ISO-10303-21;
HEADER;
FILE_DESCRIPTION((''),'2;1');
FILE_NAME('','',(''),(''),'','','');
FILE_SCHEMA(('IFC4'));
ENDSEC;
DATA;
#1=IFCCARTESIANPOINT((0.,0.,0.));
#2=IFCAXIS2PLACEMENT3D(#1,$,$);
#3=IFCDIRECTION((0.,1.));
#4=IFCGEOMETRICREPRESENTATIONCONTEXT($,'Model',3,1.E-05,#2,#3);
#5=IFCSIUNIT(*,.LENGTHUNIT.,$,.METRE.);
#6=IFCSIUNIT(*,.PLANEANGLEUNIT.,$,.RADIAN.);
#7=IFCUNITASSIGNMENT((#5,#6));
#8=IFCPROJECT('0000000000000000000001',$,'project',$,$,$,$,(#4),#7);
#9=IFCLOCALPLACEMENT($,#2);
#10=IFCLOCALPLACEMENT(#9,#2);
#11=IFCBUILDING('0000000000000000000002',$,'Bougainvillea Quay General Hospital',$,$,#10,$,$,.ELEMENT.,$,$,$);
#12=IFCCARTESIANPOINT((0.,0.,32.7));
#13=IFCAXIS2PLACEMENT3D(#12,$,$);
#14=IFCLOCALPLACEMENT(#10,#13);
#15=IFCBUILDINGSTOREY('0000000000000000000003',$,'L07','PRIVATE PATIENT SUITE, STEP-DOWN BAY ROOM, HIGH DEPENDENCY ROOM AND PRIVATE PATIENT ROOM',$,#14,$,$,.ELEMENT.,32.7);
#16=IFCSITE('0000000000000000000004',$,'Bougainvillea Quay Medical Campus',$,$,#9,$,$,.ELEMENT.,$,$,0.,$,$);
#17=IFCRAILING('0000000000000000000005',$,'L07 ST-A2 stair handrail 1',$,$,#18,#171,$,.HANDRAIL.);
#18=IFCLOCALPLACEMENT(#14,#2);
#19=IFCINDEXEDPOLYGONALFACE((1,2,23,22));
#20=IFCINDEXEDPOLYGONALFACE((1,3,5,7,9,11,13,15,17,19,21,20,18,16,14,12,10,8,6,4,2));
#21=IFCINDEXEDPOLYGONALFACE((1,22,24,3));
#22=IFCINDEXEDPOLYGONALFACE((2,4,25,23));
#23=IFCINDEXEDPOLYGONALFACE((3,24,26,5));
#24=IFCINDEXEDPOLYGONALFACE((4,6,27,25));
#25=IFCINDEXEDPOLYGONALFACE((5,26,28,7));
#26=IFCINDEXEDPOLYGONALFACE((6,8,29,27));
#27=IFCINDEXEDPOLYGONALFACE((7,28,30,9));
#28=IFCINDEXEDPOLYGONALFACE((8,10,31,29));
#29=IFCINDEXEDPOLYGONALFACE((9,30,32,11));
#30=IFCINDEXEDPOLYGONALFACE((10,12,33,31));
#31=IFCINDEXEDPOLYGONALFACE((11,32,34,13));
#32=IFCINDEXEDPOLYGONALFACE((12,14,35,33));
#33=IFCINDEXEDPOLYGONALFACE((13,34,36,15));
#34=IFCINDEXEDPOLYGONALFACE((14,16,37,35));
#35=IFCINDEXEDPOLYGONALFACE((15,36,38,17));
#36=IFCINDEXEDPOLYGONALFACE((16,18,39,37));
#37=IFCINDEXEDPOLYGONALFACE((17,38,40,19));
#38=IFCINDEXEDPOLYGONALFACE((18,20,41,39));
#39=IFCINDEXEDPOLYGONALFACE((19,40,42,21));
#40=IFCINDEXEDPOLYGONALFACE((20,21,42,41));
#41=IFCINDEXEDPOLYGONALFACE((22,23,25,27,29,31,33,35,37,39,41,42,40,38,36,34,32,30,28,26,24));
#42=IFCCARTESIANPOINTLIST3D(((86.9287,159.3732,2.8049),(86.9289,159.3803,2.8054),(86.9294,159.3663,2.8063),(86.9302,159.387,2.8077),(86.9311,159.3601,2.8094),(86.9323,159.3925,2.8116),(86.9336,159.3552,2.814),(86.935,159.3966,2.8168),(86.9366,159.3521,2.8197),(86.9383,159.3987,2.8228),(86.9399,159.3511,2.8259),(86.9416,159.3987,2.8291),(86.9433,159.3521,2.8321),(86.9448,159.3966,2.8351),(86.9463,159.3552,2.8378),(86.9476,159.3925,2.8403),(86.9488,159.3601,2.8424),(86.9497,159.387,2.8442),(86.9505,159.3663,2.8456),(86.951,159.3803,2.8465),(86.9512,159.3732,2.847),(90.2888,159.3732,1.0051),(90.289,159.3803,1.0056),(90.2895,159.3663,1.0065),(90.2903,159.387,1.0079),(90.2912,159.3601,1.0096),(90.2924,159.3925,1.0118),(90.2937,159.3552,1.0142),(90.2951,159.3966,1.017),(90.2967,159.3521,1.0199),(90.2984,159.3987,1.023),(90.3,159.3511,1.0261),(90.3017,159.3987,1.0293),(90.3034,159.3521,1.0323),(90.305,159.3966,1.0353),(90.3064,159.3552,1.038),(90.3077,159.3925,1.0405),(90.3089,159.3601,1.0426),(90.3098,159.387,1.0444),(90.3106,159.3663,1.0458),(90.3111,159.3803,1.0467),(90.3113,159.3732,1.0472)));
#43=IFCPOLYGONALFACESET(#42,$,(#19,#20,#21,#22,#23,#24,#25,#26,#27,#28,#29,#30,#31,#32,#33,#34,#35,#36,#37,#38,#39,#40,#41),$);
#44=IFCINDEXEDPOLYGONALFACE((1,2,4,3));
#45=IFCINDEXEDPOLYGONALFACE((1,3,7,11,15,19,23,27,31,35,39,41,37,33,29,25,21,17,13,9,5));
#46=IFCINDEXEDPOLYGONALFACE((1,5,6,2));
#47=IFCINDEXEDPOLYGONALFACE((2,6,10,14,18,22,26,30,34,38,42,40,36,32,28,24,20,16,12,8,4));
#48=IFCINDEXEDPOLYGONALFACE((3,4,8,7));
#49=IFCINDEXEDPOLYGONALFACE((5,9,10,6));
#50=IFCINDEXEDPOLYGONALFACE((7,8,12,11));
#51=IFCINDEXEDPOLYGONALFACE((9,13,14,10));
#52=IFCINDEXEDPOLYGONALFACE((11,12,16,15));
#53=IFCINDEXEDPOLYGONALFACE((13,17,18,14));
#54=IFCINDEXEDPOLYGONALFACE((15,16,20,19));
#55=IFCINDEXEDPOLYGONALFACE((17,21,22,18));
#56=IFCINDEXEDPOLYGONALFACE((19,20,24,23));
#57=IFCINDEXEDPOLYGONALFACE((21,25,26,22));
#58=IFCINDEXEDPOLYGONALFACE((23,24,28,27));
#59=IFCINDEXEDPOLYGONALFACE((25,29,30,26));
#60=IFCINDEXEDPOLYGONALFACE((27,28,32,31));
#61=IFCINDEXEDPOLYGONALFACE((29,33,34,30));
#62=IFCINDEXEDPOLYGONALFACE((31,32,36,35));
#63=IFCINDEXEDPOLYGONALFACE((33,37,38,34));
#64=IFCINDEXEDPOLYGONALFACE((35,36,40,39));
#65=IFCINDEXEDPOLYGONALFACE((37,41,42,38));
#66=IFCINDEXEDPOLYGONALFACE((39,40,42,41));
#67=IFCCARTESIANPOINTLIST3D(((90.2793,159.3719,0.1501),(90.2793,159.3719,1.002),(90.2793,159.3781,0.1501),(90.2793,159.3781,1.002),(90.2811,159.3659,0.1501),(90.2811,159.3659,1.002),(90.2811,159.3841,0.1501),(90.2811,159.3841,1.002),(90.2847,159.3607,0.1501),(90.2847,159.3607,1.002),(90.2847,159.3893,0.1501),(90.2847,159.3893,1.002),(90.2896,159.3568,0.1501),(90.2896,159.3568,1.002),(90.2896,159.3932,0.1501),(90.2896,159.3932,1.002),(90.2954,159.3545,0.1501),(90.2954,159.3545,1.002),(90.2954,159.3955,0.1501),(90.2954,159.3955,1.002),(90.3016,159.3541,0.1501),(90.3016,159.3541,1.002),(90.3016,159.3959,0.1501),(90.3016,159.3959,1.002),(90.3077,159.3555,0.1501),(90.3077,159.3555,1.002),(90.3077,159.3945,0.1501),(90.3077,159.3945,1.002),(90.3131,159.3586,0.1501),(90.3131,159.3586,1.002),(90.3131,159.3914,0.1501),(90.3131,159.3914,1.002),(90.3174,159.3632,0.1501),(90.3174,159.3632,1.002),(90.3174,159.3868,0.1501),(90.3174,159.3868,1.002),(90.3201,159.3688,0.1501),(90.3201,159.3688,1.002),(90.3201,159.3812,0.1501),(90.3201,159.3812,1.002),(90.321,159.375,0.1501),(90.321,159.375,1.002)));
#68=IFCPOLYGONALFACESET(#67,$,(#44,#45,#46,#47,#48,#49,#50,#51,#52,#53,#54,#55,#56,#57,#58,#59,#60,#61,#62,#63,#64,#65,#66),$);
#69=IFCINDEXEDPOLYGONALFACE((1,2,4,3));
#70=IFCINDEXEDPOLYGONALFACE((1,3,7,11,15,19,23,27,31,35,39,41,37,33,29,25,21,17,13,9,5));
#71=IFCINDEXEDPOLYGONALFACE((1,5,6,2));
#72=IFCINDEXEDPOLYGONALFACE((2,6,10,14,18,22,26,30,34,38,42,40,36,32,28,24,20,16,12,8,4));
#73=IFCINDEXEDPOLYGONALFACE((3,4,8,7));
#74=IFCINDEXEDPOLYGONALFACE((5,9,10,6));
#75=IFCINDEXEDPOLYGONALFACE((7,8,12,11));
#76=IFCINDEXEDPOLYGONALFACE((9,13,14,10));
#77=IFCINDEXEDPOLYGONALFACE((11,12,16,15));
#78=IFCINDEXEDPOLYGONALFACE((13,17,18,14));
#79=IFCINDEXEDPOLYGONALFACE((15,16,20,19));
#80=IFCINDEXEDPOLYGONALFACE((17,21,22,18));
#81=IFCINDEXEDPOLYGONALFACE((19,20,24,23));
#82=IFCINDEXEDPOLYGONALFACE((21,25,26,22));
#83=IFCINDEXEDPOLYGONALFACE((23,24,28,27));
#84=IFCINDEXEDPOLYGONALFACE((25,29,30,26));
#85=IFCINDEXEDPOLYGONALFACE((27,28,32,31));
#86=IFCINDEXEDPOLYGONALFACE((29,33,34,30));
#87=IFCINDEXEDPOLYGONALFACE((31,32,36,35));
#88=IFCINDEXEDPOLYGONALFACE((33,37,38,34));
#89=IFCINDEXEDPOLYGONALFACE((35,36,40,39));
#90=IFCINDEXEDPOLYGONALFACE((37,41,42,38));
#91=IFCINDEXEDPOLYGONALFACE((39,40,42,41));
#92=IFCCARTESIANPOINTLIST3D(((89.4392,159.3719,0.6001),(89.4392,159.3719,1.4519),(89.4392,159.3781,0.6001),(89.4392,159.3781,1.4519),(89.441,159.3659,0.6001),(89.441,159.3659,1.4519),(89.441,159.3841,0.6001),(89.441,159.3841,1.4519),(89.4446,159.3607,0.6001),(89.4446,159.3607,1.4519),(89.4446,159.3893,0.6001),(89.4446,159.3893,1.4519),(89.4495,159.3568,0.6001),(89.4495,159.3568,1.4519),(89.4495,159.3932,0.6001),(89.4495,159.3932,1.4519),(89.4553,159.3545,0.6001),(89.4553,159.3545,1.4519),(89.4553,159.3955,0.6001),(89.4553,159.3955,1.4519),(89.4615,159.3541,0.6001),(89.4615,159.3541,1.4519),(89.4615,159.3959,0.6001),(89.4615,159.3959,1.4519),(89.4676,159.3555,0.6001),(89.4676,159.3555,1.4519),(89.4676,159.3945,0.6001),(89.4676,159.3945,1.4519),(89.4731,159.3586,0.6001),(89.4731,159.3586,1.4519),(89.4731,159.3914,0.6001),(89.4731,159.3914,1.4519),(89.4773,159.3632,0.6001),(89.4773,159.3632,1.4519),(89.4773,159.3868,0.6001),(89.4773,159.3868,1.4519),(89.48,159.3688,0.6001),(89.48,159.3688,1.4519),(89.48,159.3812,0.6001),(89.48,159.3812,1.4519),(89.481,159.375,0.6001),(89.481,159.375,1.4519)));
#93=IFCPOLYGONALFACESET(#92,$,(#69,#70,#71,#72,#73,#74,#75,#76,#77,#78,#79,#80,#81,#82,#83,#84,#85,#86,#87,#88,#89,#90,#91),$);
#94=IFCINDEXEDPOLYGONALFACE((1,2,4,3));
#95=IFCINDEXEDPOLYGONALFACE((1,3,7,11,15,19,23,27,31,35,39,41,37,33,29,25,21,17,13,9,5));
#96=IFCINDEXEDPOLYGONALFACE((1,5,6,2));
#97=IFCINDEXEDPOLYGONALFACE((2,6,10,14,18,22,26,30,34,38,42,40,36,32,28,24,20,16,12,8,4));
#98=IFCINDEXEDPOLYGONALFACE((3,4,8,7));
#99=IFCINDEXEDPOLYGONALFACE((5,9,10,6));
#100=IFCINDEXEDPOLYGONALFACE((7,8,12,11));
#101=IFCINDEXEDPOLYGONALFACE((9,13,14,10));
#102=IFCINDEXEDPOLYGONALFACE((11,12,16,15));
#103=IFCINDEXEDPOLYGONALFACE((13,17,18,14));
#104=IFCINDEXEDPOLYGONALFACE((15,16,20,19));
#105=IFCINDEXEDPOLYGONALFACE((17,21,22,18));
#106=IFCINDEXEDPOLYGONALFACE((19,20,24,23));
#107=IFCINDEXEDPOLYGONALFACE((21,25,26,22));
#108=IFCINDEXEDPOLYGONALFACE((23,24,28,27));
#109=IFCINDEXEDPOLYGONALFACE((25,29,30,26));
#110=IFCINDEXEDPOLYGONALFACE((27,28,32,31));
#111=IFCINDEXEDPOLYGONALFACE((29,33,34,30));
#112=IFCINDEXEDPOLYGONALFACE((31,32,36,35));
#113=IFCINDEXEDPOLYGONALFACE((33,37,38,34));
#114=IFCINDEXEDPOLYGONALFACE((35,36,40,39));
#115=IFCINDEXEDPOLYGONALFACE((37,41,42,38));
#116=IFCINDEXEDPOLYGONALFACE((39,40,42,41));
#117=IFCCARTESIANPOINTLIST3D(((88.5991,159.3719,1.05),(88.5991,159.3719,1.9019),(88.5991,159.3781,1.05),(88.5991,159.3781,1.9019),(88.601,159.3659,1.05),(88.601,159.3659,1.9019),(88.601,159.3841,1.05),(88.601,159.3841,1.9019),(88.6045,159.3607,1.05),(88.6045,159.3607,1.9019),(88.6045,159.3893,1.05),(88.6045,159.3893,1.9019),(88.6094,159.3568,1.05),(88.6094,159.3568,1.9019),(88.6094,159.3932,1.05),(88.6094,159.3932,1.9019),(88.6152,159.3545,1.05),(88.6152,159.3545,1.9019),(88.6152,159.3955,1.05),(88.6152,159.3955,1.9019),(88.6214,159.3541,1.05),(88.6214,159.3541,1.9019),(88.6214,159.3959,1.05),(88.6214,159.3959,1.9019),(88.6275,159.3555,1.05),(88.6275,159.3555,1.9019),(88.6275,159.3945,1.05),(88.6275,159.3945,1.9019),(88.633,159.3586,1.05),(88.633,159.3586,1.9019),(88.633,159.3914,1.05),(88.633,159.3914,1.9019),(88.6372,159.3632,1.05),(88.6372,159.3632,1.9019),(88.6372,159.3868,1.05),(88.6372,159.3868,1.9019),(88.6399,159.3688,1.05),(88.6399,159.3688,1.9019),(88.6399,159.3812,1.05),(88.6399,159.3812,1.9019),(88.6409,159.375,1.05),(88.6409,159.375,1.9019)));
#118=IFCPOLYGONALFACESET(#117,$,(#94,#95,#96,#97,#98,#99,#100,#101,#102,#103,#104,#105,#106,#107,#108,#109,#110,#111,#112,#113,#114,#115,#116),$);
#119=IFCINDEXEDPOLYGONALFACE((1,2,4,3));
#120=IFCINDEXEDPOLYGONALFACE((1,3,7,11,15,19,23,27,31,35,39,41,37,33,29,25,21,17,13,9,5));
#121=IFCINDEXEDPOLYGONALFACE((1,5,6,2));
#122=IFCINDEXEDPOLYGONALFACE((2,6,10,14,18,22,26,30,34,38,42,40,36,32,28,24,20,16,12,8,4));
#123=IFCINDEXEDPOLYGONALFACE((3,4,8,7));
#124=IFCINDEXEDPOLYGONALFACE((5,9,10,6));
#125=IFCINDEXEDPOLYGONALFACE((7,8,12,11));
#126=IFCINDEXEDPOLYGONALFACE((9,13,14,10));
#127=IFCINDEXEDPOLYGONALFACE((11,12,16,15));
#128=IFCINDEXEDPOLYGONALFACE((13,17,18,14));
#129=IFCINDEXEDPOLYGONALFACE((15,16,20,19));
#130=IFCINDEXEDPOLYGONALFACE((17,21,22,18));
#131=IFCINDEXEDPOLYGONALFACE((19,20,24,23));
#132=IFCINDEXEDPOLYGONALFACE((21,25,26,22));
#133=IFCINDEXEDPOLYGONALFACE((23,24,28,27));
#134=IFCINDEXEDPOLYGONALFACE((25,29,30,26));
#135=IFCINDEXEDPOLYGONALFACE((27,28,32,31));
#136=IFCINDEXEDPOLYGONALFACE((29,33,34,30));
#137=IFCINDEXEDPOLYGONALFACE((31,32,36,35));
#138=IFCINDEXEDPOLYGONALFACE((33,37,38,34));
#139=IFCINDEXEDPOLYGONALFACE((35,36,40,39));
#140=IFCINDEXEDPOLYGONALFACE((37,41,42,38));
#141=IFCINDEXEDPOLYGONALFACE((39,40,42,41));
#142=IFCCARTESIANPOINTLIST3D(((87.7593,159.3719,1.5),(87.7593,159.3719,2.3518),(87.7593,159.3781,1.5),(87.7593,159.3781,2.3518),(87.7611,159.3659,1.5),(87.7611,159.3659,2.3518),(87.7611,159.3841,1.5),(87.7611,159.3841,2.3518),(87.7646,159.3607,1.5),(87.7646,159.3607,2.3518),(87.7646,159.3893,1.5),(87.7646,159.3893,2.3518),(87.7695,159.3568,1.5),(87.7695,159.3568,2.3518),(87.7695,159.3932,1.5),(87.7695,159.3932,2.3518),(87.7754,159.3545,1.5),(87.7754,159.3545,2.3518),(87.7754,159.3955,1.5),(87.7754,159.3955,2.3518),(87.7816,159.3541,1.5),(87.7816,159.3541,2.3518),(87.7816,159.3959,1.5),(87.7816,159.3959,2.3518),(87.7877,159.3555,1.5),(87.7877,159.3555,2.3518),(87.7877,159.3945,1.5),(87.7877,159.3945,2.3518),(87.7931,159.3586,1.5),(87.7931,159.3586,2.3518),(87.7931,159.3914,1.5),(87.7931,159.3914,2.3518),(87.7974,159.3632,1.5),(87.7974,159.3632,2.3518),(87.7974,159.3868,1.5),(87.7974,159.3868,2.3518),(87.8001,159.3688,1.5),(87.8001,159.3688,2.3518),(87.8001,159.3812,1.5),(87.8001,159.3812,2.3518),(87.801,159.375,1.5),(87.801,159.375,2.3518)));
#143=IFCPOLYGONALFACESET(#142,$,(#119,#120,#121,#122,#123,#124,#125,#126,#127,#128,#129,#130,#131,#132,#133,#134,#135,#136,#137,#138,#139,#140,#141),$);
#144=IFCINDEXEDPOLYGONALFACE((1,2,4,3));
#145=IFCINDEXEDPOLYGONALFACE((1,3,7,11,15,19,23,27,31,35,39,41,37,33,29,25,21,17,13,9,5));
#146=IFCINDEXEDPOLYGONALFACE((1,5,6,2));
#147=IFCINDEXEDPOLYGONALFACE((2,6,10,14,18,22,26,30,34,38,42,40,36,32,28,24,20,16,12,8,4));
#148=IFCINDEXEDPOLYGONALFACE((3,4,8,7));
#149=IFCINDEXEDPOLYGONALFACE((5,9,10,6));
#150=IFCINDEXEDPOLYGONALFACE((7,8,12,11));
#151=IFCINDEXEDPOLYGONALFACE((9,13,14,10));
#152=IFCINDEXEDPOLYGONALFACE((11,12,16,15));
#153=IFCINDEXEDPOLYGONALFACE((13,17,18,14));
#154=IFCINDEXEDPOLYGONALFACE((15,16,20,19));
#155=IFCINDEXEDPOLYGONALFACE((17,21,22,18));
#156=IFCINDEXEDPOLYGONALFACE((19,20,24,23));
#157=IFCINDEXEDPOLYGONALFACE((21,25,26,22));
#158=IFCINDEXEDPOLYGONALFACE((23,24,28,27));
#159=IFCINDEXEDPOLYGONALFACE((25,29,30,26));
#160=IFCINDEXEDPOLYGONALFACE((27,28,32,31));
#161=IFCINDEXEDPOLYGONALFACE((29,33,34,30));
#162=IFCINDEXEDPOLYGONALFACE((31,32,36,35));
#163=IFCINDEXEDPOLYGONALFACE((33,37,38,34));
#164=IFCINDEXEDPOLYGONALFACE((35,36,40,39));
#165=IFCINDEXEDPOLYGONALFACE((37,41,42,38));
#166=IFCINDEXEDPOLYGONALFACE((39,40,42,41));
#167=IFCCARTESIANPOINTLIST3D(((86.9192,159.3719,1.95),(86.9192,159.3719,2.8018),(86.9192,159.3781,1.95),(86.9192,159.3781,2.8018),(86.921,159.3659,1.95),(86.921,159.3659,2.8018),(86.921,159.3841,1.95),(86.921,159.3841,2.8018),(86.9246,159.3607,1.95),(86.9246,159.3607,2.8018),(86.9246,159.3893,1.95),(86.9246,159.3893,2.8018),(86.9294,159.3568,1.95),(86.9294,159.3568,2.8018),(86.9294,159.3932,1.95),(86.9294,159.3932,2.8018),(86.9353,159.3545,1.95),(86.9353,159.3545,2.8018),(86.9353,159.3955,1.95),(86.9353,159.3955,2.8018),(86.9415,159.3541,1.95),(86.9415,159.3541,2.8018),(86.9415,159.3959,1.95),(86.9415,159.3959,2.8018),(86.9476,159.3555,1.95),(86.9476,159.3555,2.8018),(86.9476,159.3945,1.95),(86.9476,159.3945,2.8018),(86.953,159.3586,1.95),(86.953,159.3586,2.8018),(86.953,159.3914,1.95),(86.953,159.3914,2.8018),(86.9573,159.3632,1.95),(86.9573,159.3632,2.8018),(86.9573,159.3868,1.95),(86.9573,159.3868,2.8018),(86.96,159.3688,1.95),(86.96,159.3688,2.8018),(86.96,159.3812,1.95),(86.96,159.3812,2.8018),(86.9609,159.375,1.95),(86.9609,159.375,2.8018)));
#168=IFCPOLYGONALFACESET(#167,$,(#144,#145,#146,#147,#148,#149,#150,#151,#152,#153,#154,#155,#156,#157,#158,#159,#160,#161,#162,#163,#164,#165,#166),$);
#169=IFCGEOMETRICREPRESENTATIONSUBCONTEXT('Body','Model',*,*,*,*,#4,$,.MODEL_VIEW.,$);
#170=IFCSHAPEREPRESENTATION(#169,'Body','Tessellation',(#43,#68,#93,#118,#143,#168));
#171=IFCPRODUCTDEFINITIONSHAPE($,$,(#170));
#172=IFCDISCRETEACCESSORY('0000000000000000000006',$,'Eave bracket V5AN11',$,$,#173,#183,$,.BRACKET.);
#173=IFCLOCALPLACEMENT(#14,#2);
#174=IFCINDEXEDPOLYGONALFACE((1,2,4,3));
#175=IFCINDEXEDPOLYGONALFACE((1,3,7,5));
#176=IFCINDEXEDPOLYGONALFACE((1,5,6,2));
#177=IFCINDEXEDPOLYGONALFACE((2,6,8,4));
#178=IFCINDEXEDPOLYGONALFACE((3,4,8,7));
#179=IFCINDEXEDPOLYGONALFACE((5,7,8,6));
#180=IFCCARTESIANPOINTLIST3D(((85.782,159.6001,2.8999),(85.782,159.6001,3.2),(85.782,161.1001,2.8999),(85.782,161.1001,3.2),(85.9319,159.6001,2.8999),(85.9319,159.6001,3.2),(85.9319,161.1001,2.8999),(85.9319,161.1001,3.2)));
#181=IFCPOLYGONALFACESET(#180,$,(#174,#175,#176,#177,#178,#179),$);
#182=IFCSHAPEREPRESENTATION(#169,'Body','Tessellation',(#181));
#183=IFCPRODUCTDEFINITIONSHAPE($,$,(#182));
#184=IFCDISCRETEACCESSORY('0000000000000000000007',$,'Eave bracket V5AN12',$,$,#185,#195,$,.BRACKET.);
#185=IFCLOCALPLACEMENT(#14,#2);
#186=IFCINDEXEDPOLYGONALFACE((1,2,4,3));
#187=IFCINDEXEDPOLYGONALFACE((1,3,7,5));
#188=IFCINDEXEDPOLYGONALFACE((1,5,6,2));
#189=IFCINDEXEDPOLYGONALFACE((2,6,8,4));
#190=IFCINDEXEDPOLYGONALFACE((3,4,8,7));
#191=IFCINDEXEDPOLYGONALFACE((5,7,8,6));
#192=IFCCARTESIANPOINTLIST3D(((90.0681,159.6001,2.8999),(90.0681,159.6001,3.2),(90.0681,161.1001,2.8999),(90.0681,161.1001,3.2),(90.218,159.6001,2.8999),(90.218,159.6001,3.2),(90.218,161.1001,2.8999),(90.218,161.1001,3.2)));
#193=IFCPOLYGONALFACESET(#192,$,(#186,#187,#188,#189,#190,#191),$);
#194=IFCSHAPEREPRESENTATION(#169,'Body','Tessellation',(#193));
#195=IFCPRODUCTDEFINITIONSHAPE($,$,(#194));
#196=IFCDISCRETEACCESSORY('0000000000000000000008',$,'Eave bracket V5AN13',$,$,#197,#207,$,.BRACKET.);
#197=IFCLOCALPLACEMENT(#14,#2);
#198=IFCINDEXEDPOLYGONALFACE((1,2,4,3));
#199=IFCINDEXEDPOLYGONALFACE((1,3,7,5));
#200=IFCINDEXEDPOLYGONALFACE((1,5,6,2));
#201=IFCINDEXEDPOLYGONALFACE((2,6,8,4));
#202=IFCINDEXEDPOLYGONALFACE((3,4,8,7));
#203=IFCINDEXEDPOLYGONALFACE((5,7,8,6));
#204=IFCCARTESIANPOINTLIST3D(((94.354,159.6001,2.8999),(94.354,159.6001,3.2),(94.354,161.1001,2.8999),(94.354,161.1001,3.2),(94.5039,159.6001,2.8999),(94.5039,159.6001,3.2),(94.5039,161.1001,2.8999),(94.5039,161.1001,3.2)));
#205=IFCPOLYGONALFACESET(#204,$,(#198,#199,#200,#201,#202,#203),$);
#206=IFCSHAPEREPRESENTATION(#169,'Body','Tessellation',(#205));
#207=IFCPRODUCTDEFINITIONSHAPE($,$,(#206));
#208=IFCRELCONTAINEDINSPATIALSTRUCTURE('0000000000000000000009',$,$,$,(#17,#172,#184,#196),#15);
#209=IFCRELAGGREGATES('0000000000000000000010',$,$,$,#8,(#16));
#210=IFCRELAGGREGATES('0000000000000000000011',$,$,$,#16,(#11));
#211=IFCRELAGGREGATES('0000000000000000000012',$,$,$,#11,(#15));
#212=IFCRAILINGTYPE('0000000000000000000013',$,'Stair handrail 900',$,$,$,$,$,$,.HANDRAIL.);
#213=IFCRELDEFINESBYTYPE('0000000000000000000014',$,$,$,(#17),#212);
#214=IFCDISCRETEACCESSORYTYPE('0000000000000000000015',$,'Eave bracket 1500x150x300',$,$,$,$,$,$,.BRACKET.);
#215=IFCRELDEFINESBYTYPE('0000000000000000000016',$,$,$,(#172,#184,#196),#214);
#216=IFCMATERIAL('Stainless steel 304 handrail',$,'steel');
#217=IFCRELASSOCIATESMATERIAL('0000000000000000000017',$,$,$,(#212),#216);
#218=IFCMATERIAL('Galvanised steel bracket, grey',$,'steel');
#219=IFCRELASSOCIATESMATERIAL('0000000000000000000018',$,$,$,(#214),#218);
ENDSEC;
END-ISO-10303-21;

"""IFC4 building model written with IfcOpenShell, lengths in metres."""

from ifc_helpers import new_model, si_unit, direction, frame, origin, origin_2d, place, context, subcontext, project, spatial, rectangle, circle, extrude, material, type_object, element, save


model = new_model("IFC4")

# Units and contexts
model_context = context("Model", 3, precision=1e-05, world=origin(), true_north=direction((0.0, 1.0)))
body_context = subcontext(model_context, "Body", "Model", "MODEL_VIEW")
ifc_project = project(units=[si_unit("LENGTHUNIT", "METRE"), si_unit("PLANEANGLEUNIT", "RADIAN")], contexts=[model_context])

# Site, building, storey
site_placement = place(None, origin())
site = spatial("IfcSite", under=ifc_project, at=site_placement, Name="Bougainvillea Quay Medical Campus", CompositionType="ELEMENT", RefElevation=0.0)
building_placement = place(site_placement, origin())
building = spatial("IfcBuilding", under=site, at=building_placement, Name="Bougainvillea Quay General Hospital", CompositionType="ELEMENT")
storey_placement = place(building_placement, frame((0.0, 0.0, 32.7)))
storey = spatial("IfcBuildingStorey", under=building, at=storey_placement, Name="L07", Description="PRIVATE PATIENT SUITE, STEP-DOWN BAY ROOM, HIGH DEPENDENCY ROOM AND PRIVATE PATIENT ROOM", CompositionType="ELEMENT", Elevation=32.7)

# Railing
ifc_material_1 = material(Name="Stainless steel 304 handrail", Category="steel")
railing_type_1 = type_object("IfcRailingType", Name="Stair handrail 900", PredefinedType="HANDRAIL", material=ifc_material_1)
railing_1_placement = place(storey_placement, frame((90.3, 159.375, 0.1501)))
element("IfcRailing", 1, at=railing_1_placement, inside=storey, type_object=railing_type_1, Name="L07 ST-A2 stair handrail 1", PredefinedType="HANDRAIL", context=body_context, shape_type="SweptSolid", body=[
    extrude(circle(Radius=0.0239, at=origin_2d()), frame((0.0, 0.0, 0.876), z_axis=(-0.881508, 0.0, 0.47217), x_axis=(0.0, -1.0, 0.0)), (0.0, 0.0, 1.0), 3.8118),
    extrude(circle(Radius=0.021, at=origin_2d()), origin(), (0.0, 0.0, 1.0), 0.8518),
    extrude(circle(Radius=0.021, at=origin_2d()), frame((-0.8401, 0.0, 0.45)), (0.0, 0.0, 1.0), 0.8518),
    extrude(circle(Radius=0.021, at=origin_2d()), frame((-1.6802, 0.0, 0.8999)), (0.0, 0.0, 1.0), 0.8518),
    extrude(circle(Radius=0.021, at=origin_2d()), frame((-2.52, 0.0, 1.3499)), (0.0, 0.0, 1.0), 0.8518),
    extrude(circle(Radius=0.021, at=origin_2d()), frame((-3.3601, 0.0, 1.7998)), (0.0, 0.0, 1.0), 0.8518),
])

# Discrete accessories
ifc_material_2 = material(Name="Galvanised steel bracket, grey", Category="steel")
discrete_accessory_type_1 = type_object("IfcDiscreteAccessoryType", Name="Eave bracket 1500x150x300", PredefinedType="BRACKET", material=ifc_material_2)
for number, where, z_axis, x_axis, name in (
    (2, (85.8569, 160.3501, 2.8999), (0.0, 0.0, 1.0), (1.0, 0.0, 0.0), "Eave bracket V5AN11"),
    (3, (90.1431, 160.3501, 2.8999), (0.0, 0.0, 1.0), (1.0, 0.0, 0.0), "Eave bracket V5AN12"),
    (4, (94.429, 160.3501, 2.8999), (0.0, 0.0, 1.0), (1.0, 0.0, 0.0), "Eave bracket V5AN13"),
):
    element("IfcDiscreteAccessory", number, at=place(storey_placement, frame(where, z_axis=z_axis, x_axis=x_axis)), inside=storey, type_object=discrete_accessory_type_1, Name=name, PredefinedType="BRACKET", context=body_context, shape_type="SweptSolid", body=[
        extrude(rectangle(XDim=0.1499, YDim=1.5, at=origin_2d()), origin(), (0.0, 0.0, 1.0), 0.3),
    ])

save(model, "model.ifc")
